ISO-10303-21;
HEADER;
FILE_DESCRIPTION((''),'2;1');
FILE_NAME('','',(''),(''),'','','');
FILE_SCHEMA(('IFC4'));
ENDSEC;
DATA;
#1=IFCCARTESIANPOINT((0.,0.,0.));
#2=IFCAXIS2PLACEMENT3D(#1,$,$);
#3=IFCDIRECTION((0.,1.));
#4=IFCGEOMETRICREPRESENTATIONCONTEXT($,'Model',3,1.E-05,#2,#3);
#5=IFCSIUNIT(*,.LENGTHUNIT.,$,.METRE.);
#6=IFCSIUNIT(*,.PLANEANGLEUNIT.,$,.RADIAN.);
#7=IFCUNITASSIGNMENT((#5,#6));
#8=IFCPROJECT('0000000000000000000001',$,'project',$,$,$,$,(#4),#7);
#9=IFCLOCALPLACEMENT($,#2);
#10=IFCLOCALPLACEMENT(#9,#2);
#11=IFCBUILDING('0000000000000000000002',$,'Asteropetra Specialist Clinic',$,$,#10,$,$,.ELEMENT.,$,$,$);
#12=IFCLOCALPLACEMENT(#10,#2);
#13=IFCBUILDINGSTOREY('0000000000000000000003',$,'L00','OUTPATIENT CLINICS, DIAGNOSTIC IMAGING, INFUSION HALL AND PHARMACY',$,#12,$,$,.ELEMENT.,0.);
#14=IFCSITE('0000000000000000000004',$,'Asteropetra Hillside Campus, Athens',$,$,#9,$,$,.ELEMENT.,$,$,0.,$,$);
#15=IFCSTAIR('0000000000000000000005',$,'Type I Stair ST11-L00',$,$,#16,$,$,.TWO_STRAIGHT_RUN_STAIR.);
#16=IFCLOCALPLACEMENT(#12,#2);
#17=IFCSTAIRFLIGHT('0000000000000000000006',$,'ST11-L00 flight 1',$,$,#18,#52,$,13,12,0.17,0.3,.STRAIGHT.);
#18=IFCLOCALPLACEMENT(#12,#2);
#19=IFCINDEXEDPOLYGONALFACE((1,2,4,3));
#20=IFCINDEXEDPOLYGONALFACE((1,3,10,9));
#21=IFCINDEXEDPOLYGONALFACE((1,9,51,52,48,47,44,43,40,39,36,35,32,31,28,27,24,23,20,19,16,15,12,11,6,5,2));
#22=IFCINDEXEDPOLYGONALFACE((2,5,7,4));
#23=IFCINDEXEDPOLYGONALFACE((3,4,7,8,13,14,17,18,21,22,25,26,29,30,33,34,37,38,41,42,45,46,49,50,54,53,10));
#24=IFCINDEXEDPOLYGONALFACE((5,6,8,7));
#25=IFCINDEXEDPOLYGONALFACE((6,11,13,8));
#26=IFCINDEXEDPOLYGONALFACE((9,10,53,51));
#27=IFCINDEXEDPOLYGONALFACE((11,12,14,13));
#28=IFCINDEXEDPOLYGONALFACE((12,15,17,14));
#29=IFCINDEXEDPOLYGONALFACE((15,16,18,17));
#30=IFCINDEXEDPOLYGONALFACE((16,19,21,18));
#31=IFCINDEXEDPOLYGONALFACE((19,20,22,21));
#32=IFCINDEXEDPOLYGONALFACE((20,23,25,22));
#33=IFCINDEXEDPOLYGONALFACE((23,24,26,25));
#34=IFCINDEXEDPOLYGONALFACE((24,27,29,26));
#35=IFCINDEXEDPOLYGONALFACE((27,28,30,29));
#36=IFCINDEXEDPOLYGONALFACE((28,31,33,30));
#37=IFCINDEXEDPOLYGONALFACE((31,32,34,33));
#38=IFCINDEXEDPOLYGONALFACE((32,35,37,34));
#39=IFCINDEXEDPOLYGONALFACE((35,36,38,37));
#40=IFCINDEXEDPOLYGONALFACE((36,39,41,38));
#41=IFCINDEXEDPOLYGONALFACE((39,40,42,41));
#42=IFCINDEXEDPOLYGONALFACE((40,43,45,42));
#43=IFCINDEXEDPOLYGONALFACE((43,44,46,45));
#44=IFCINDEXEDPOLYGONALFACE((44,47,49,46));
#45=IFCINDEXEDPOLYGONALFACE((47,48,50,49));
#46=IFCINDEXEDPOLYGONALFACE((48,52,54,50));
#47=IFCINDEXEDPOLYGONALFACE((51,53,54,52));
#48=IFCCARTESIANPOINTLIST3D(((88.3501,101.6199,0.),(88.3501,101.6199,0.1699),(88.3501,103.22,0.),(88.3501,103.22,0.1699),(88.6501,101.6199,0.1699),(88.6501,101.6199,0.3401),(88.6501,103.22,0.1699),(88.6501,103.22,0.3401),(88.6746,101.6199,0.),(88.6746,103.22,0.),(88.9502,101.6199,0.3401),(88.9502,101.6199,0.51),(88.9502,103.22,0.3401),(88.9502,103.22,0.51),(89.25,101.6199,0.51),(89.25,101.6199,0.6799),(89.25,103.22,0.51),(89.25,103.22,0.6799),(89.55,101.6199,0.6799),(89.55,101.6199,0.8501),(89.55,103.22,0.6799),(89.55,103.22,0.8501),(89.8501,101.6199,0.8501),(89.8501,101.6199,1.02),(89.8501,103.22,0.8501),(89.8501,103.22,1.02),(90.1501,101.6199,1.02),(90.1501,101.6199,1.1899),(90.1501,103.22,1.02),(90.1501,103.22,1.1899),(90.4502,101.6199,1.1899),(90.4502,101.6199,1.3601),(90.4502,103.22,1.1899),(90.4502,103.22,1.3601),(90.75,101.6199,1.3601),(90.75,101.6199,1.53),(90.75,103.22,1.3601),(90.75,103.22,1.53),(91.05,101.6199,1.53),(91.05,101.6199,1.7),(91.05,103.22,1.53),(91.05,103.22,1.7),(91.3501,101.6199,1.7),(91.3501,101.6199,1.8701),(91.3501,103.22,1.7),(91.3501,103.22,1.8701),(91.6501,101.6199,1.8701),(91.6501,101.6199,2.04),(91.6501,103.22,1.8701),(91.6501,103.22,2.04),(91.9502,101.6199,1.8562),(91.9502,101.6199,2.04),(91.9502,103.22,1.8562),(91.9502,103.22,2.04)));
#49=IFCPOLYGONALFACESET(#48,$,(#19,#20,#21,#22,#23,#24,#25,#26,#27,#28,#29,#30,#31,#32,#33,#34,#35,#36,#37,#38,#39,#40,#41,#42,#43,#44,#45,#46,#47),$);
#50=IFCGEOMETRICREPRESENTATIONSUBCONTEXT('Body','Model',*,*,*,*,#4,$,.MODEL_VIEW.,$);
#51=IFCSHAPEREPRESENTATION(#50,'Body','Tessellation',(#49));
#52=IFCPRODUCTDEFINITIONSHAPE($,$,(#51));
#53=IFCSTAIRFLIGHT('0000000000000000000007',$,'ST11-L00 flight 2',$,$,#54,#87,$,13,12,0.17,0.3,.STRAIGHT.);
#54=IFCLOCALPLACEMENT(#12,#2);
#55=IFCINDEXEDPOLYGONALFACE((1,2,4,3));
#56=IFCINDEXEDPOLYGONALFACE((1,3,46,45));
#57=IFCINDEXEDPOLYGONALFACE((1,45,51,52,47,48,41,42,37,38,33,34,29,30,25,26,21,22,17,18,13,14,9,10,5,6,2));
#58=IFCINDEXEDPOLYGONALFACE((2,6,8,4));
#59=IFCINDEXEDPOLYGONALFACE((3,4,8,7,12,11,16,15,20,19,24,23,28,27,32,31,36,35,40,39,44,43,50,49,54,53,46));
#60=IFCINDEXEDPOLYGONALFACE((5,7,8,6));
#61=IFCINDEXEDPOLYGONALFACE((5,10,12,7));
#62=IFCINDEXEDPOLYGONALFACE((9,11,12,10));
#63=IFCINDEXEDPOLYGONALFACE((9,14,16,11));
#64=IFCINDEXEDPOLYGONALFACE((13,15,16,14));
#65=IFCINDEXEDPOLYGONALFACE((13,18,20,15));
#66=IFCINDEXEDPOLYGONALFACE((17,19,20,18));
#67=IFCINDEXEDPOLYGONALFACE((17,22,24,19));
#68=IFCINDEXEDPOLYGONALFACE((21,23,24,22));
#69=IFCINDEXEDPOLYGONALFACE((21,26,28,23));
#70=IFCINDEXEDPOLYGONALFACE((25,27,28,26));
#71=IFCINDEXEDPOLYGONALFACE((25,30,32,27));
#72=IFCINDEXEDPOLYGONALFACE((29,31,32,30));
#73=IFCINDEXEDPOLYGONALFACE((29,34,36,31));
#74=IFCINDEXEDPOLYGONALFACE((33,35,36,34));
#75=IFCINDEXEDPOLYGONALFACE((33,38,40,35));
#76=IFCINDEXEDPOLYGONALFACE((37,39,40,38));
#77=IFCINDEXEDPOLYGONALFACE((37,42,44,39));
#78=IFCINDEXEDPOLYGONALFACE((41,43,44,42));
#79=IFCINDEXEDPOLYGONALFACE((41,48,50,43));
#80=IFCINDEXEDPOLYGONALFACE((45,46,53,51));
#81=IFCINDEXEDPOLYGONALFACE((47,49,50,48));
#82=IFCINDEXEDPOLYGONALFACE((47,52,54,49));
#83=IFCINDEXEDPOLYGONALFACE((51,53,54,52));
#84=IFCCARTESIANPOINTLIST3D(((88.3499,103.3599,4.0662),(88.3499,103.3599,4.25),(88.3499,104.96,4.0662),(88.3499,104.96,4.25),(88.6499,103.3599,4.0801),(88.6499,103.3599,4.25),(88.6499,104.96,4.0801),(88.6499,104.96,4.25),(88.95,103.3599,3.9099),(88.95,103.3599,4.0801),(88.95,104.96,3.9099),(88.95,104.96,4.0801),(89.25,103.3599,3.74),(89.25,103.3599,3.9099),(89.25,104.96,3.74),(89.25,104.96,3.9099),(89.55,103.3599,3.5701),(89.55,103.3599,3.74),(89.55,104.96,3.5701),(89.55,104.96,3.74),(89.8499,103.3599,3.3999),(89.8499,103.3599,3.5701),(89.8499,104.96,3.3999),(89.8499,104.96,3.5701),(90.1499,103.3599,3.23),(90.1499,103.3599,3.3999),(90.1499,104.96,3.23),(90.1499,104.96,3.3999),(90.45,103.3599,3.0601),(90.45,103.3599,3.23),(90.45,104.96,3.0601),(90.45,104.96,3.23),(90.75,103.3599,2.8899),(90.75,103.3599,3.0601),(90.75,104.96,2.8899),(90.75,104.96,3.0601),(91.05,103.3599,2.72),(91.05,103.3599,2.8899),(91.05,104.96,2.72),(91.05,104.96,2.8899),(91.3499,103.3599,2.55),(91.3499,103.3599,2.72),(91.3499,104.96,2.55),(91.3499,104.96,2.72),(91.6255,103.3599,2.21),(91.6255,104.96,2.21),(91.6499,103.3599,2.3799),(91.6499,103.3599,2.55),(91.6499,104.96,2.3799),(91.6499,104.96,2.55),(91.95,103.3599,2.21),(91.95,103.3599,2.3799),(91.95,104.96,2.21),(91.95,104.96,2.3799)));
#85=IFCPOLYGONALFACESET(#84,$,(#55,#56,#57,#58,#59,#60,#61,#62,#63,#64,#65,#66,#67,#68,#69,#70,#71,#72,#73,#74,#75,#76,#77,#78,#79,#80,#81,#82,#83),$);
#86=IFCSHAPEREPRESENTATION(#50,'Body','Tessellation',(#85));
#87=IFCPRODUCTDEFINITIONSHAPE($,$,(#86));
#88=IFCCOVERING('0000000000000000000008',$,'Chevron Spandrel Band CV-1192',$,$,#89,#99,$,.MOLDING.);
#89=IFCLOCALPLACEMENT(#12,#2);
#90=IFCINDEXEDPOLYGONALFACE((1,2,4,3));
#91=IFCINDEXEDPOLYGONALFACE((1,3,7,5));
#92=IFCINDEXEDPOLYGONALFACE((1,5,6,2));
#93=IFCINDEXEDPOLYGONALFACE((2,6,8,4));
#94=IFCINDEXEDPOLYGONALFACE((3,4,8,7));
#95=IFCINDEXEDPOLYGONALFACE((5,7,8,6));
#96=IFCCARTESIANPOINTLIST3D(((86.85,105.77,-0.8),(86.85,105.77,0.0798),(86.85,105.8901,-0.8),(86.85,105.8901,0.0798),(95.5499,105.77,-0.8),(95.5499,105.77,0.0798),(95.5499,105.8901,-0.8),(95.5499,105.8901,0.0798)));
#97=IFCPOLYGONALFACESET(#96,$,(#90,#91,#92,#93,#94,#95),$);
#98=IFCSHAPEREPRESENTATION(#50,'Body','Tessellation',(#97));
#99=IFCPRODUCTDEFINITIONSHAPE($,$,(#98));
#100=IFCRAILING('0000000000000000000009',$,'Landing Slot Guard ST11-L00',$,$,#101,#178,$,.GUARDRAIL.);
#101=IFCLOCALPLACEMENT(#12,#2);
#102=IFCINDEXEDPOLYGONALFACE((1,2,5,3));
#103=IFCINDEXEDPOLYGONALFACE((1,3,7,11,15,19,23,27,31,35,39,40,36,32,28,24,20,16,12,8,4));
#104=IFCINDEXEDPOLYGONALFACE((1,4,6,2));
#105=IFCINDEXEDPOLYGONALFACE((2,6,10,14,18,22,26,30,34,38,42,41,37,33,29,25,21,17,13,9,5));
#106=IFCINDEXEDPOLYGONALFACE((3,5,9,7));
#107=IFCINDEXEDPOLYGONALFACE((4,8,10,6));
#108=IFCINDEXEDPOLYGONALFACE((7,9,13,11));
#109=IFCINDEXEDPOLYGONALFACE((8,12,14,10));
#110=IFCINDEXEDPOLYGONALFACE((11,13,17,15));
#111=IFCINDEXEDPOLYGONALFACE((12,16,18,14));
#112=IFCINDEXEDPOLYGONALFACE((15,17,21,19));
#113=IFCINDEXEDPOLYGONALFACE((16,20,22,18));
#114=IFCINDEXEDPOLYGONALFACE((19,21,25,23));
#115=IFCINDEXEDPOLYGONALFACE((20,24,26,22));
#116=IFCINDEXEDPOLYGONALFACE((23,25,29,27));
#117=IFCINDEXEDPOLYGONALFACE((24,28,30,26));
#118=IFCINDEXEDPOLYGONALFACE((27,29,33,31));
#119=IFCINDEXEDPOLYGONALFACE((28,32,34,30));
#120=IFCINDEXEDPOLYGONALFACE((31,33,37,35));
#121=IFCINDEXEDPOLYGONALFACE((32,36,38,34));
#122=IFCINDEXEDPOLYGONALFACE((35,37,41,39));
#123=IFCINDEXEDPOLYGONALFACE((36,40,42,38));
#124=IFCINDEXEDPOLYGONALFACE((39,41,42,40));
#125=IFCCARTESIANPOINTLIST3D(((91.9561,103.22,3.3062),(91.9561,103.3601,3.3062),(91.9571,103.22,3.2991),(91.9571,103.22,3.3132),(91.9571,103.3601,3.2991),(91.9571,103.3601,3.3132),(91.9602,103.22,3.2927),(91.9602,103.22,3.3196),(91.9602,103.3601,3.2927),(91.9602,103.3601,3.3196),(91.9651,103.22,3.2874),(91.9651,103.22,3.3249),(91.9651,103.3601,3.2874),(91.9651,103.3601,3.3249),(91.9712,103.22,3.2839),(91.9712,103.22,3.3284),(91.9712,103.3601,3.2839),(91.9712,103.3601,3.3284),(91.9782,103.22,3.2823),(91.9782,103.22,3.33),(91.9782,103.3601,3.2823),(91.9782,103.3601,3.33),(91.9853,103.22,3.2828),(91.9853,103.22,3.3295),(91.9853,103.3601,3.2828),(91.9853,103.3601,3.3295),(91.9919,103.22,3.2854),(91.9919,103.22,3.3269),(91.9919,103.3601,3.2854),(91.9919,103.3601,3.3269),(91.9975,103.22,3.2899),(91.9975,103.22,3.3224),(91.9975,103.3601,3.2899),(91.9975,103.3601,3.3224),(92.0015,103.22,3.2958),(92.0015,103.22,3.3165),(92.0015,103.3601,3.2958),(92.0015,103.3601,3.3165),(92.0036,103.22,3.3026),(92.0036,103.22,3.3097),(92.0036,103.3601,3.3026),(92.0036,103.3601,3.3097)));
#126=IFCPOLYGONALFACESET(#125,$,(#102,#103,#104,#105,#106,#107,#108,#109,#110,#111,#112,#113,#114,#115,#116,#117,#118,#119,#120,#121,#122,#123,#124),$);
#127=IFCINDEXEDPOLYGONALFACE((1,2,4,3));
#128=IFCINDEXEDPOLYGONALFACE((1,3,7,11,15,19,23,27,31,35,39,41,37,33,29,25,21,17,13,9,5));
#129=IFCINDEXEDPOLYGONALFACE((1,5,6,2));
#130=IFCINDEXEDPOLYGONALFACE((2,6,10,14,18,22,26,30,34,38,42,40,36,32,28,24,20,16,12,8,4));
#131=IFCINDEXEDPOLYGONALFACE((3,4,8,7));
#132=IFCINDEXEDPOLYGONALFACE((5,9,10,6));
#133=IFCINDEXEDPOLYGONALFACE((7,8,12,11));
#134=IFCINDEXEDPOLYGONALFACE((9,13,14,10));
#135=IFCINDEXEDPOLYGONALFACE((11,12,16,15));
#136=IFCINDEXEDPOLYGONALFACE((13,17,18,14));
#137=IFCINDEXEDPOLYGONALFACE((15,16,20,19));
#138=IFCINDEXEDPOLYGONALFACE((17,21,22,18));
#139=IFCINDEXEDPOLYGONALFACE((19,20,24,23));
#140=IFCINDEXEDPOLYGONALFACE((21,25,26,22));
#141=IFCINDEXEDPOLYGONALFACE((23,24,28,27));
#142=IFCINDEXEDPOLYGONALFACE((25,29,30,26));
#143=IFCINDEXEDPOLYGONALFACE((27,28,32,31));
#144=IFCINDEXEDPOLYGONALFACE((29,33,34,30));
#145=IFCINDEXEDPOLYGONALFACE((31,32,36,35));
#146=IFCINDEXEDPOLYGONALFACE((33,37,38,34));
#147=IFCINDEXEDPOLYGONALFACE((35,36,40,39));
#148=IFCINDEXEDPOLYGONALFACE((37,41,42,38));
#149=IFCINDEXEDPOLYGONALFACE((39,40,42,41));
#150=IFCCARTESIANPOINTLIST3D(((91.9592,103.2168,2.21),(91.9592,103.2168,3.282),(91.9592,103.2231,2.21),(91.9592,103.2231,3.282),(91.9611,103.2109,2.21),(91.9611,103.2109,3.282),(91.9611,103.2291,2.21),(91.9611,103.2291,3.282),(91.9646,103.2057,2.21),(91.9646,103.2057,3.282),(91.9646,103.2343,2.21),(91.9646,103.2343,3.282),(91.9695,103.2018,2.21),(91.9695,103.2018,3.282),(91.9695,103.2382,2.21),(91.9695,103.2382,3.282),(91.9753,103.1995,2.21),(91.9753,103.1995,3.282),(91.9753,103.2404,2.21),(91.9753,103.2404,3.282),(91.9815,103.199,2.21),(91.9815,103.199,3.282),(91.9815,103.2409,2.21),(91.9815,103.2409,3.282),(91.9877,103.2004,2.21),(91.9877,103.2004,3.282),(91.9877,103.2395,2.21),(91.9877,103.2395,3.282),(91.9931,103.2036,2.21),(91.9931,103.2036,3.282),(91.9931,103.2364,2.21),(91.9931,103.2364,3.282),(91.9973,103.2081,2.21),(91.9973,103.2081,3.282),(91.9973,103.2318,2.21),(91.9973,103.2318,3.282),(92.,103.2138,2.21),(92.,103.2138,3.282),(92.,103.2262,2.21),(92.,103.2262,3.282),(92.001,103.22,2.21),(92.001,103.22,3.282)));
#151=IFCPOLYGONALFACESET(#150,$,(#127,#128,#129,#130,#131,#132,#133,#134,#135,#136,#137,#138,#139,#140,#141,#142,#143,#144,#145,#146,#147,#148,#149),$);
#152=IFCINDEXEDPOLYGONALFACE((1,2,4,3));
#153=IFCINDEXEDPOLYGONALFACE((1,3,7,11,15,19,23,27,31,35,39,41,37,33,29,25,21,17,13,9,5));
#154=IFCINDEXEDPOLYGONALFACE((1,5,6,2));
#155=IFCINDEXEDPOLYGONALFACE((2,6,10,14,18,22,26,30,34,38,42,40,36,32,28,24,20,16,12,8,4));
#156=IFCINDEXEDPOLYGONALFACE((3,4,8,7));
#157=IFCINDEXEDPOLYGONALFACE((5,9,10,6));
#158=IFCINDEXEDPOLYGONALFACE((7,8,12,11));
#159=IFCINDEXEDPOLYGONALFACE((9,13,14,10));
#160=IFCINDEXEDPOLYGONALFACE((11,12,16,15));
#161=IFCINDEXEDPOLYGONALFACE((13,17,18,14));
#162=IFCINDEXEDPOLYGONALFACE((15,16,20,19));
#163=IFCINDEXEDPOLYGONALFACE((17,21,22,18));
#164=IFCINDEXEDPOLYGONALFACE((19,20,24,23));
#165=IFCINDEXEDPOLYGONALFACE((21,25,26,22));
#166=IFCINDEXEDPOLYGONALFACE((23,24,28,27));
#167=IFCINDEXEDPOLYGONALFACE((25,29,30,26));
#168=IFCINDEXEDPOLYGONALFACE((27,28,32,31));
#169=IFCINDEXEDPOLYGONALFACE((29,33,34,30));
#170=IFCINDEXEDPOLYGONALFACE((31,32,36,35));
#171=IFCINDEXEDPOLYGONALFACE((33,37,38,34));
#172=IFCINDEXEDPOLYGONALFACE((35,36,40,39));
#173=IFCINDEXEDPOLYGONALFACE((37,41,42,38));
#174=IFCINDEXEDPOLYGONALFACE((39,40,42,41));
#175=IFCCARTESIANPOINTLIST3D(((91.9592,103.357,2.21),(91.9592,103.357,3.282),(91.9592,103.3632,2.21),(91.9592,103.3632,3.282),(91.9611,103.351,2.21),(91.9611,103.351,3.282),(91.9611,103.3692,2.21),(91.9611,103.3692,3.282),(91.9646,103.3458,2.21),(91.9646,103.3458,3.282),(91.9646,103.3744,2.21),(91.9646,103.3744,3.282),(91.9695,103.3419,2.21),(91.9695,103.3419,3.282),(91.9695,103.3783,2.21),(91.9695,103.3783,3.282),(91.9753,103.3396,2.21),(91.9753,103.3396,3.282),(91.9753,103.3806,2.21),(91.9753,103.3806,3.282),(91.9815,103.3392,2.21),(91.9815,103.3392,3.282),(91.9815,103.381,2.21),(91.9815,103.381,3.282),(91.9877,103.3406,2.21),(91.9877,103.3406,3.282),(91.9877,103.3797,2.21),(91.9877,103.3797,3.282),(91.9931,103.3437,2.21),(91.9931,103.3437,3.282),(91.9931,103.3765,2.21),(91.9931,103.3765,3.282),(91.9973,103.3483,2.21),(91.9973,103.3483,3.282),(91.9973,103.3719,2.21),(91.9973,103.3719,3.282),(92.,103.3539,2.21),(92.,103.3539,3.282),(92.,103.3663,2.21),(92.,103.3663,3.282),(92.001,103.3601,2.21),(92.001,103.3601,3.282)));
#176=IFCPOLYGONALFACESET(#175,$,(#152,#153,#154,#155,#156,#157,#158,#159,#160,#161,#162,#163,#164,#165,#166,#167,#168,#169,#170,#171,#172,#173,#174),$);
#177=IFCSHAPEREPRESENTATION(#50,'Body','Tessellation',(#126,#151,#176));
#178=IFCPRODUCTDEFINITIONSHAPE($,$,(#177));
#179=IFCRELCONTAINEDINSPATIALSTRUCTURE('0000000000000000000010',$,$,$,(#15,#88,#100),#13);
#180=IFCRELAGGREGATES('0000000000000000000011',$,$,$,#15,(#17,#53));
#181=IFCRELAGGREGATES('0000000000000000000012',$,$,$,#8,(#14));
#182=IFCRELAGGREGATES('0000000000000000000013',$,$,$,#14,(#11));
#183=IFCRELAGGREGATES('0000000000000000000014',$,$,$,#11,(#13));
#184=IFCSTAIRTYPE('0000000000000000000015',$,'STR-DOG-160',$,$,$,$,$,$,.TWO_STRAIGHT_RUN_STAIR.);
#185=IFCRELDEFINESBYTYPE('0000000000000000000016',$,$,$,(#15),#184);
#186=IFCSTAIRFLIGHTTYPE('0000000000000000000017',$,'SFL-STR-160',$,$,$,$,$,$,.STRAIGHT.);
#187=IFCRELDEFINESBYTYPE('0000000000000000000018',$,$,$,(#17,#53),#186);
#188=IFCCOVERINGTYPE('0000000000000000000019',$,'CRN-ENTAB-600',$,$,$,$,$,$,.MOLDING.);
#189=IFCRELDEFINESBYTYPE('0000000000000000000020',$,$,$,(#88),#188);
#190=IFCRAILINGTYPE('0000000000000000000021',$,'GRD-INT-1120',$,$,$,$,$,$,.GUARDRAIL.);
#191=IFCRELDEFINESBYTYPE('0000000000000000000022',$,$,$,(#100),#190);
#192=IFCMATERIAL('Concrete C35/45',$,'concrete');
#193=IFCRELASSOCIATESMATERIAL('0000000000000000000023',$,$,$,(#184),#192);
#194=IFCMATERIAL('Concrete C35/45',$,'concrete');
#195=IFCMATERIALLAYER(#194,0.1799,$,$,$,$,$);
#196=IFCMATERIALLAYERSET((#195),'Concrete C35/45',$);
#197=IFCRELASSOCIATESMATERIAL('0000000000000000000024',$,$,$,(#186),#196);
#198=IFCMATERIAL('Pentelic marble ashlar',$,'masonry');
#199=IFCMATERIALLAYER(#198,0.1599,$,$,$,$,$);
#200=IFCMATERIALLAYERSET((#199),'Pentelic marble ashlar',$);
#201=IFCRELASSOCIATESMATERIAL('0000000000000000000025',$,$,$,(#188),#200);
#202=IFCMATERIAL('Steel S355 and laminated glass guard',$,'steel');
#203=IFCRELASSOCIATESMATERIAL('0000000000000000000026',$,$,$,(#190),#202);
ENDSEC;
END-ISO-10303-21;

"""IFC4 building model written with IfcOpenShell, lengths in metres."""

from ifc_helpers import new_model, si_unit, direction, frame, origin, origin_2d, place, context, subcontext, project, spatial, polyline, rectangle, circle, outline, extrude, material, layer, layer_set, type_object, element, aggregate, save


model = new_model("IFC4")

# Units and contexts
model_context = context("Model", 3, precision=1e-05, world=origin(), true_north=direction((0.0, 1.0)))
body_context = subcontext(model_context, "Body", "Model", "MODEL_VIEW")
ifc_project = project(units=[si_unit("LENGTHUNIT", "METRE"), si_unit("PLANEANGLEUNIT", "RADIAN")], contexts=[model_context])

# Site, building, storey
site_placement = place(None, origin())
site = spatial("IfcSite", under=ifc_project, at=site_placement, Name="Asteropetra Hillside Campus, Athens", CompositionType="ELEMENT", RefElevation=0.0)
building_placement = place(site_placement, origin())
building = spatial("IfcBuilding", under=site, at=building_placement, Name="Asteropetra Specialist Clinic", CompositionType="ELEMENT")
storey_placement = place(building_placement, origin())
storey = spatial("IfcBuildingStorey", under=building, at=storey_placement, Name="L00", Description="OUTPATIENT CLINICS, DIAGNOSTIC IMAGING, INFUSION HALL AND PHARMACY", CompositionType="ELEMENT", Elevation=0.0)

# Stair, stair flights
ifc_material_1 = material(Name="Concrete C35/45", Category="concrete")
stair_type = type_object("IfcStairType", Name="STR-DOG-160", PredefinedType="TWO_STRAIGHT_RUN_STAIR", material=ifc_material_1)
stair_placement = place(storey_placement, origin())
stair = element("IfcStair", 1, at=stair_placement, inside=storey, type_object=stair_type, Name="Type I Stair ST11-L00", PredefinedType="TWO_STRAIGHT_RUN_STAIR")
ifc_material_2 = material(Name="Concrete C35/45", Category="concrete")
ifc_layer_1 = layer(ifc_material_2, 0.1799)
ifc_layer_set_1 = layer_set([ifc_layer_1], Name="Concrete C35/45")
stair_flight_type = type_object("IfcStairFlightType", Name="SFL-STR-160", PredefinedType="STRAIGHT", material=ifc_layer_set_1)
stair_flight_1_placement = place(storey_placement, frame((88.3501, 102.4199, 0.0), z_axis=(0.0, 0.0, 1.0), x_axis=(1.0, 0.0, 0.0)))
stair_flight_1 = element("IfcStairFlight", 2, at=stair_flight_1_placement, type_object=stair_flight_type, Name="ST11-L00 flight 1", NumberOfRisers=13, NumberOfTreads=12, PredefinedType="STRAIGHT", RiserHeight=0.17, TreadLength=0.3, context=body_context, shape_type="SweptSolid", body=[
    extrude(outline(polyline([(0.0, 0.0), (0.0, 0.1699), (0.3, 0.1699), (0.3, 0.3401), (0.6001, 0.3401), (0.6001, 0.51), (0.8999, 0.51), (0.8999, 0.6799), (1.2, 0.6799), (1.2, 0.8501), (1.5, 0.8501), (1.5, 1.02), (1.8, 1.02), (1.8, 1.1899), (2.1001, 1.1899), (2.1001, 1.3601), (2.3999, 1.3601), (2.3999, 1.53), (2.7, 1.53), (2.7, 1.7), (3.0, 1.7), (3.0, 1.8701), (3.3, 1.8701), (3.3, 2.04), (3.6001, 2.04), (3.6001, 2.21), (3.6001, 1.8562), (0.3245, 0.0), (0.0, 0.0)])), frame((0.0, 0.8, 0.0), z_axis=(0.0, -1.0, 0.0), x_axis=(1.0, 0.0, 0.0)), (0.0, 0.0, 1.0), 1.6001),
])
stair_flight_2_placement = place(storey_placement, frame((91.95, 104.1599, 2.21), z_axis=(0.0, 0.0, 1.0), x_axis=(-1.0, 0.0, 0.0)))
stair_flight_2 = element("IfcStairFlight", 3, at=stair_flight_2_placement, type_object=stair_flight_type, Name="ST11-L00 flight 2", NumberOfRisers=13, NumberOfTreads=12, PredefinedType="STRAIGHT", RiserHeight=0.17, TreadLength=0.3, context=body_context, shape_type="SweptSolid", body=[
    extrude(outline(polyline([(0.0, 0.0), (0.0, 0.1699), (0.3, 0.1699), (0.3, 0.3401), (0.6001, 0.3401), (0.6001, 0.51), (0.8999, 0.51), (0.8999, 0.6799), (1.2, 0.6799), (1.2, 0.8501), (1.5, 0.8501), (1.5, 1.02), (1.8, 1.02), (1.8, 1.1899), (2.1001, 1.1899), (2.1001, 1.3601), (2.3999, 1.3601), (2.3999, 1.53), (2.7, 1.53), (2.7, 1.7), (3.0, 1.7), (3.0, 1.8701), (3.3, 1.8701), (3.3, 2.04), (3.6001, 2.04), (3.6001, 2.21), (3.6001, 1.8562), (0.3245, 0.0), (0.0, 0.0)])), frame((0.0, 0.8, 0.0), z_axis=(0.0, -1.0, 0.0), x_axis=(1.0, 0.0, 0.0)), (0.0, 0.0, 1.0), 1.6001),
])
aggregate(stair, [stair_flight_1, stair_flight_2])

# Covering
ifc_material_3 = material(Name="Pentelic marble ashlar", Category="masonry")
ifc_layer_2 = layer(ifc_material_3, 0.1599)
ifc_layer_set_2 = layer_set([ifc_layer_2], Name="Pentelic marble ashlar")
covering_type = type_object("IfcCoveringType", Name="CRN-ENTAB-600", PredefinedType="MOLDING", material=ifc_layer_set_2)
covering_placement = place(storey_placement, frame((91.2, 105.8301, -0.8), z_axis=(0.0, 0.0, 1.0), x_axis=(1.0, 0.0, 0.0)))
element("IfcCovering", 4, at=covering_placement, inside=storey, type_object=covering_type, Name="Chevron Spandrel Band CV-1192", PredefinedType="MOLDING", context=body_context, shape_type="SweptSolid", body=[
    extrude(rectangle(XDim=8.7, YDim=0.1201, at=origin_2d()), origin(), (0.0, 0.0, 1.0), 0.8799),
])

# Railing
ifc_material_4 = material(Name="Steel S355 and laminated glass guard", Category="steel")
railing_type_1 = type_object("IfcRailingType", Name="GRD-INT-1120", PredefinedType="GUARDRAIL", material=ifc_material_4)
railing_1_placement = place(storey_placement, frame((91.98, 103.22, 2.21)))
element("IfcRailing", 5, at=railing_1_placement, inside=storey, type_object=railing_type_1, Name="Landing Slot Guard ST11-L00", PredefinedType="GUARDRAIL", context=body_context, shape_type="SweptSolid", body=[
    extrude(circle(Radius=0.0239, at=origin_2d()), frame((0.0, 0.0, 1.0962), z_axis=(0.0, 1.0, 0.0), x_axis=(-1.0, 0.0, 0.0)), (0.0, 0.0, 1.0), 0.1401),
    extrude(circle(Radius=0.021, at=origin_2d()), origin(), (0.0, 0.0, 1.0), 1.072),
    extrude(circle(Radius=0.021, at=origin_2d()), frame((0.0, 0.1401, 0.0)), (0.0, 0.0, 1.0), 1.072),
])

save(model, "model.ifc")
